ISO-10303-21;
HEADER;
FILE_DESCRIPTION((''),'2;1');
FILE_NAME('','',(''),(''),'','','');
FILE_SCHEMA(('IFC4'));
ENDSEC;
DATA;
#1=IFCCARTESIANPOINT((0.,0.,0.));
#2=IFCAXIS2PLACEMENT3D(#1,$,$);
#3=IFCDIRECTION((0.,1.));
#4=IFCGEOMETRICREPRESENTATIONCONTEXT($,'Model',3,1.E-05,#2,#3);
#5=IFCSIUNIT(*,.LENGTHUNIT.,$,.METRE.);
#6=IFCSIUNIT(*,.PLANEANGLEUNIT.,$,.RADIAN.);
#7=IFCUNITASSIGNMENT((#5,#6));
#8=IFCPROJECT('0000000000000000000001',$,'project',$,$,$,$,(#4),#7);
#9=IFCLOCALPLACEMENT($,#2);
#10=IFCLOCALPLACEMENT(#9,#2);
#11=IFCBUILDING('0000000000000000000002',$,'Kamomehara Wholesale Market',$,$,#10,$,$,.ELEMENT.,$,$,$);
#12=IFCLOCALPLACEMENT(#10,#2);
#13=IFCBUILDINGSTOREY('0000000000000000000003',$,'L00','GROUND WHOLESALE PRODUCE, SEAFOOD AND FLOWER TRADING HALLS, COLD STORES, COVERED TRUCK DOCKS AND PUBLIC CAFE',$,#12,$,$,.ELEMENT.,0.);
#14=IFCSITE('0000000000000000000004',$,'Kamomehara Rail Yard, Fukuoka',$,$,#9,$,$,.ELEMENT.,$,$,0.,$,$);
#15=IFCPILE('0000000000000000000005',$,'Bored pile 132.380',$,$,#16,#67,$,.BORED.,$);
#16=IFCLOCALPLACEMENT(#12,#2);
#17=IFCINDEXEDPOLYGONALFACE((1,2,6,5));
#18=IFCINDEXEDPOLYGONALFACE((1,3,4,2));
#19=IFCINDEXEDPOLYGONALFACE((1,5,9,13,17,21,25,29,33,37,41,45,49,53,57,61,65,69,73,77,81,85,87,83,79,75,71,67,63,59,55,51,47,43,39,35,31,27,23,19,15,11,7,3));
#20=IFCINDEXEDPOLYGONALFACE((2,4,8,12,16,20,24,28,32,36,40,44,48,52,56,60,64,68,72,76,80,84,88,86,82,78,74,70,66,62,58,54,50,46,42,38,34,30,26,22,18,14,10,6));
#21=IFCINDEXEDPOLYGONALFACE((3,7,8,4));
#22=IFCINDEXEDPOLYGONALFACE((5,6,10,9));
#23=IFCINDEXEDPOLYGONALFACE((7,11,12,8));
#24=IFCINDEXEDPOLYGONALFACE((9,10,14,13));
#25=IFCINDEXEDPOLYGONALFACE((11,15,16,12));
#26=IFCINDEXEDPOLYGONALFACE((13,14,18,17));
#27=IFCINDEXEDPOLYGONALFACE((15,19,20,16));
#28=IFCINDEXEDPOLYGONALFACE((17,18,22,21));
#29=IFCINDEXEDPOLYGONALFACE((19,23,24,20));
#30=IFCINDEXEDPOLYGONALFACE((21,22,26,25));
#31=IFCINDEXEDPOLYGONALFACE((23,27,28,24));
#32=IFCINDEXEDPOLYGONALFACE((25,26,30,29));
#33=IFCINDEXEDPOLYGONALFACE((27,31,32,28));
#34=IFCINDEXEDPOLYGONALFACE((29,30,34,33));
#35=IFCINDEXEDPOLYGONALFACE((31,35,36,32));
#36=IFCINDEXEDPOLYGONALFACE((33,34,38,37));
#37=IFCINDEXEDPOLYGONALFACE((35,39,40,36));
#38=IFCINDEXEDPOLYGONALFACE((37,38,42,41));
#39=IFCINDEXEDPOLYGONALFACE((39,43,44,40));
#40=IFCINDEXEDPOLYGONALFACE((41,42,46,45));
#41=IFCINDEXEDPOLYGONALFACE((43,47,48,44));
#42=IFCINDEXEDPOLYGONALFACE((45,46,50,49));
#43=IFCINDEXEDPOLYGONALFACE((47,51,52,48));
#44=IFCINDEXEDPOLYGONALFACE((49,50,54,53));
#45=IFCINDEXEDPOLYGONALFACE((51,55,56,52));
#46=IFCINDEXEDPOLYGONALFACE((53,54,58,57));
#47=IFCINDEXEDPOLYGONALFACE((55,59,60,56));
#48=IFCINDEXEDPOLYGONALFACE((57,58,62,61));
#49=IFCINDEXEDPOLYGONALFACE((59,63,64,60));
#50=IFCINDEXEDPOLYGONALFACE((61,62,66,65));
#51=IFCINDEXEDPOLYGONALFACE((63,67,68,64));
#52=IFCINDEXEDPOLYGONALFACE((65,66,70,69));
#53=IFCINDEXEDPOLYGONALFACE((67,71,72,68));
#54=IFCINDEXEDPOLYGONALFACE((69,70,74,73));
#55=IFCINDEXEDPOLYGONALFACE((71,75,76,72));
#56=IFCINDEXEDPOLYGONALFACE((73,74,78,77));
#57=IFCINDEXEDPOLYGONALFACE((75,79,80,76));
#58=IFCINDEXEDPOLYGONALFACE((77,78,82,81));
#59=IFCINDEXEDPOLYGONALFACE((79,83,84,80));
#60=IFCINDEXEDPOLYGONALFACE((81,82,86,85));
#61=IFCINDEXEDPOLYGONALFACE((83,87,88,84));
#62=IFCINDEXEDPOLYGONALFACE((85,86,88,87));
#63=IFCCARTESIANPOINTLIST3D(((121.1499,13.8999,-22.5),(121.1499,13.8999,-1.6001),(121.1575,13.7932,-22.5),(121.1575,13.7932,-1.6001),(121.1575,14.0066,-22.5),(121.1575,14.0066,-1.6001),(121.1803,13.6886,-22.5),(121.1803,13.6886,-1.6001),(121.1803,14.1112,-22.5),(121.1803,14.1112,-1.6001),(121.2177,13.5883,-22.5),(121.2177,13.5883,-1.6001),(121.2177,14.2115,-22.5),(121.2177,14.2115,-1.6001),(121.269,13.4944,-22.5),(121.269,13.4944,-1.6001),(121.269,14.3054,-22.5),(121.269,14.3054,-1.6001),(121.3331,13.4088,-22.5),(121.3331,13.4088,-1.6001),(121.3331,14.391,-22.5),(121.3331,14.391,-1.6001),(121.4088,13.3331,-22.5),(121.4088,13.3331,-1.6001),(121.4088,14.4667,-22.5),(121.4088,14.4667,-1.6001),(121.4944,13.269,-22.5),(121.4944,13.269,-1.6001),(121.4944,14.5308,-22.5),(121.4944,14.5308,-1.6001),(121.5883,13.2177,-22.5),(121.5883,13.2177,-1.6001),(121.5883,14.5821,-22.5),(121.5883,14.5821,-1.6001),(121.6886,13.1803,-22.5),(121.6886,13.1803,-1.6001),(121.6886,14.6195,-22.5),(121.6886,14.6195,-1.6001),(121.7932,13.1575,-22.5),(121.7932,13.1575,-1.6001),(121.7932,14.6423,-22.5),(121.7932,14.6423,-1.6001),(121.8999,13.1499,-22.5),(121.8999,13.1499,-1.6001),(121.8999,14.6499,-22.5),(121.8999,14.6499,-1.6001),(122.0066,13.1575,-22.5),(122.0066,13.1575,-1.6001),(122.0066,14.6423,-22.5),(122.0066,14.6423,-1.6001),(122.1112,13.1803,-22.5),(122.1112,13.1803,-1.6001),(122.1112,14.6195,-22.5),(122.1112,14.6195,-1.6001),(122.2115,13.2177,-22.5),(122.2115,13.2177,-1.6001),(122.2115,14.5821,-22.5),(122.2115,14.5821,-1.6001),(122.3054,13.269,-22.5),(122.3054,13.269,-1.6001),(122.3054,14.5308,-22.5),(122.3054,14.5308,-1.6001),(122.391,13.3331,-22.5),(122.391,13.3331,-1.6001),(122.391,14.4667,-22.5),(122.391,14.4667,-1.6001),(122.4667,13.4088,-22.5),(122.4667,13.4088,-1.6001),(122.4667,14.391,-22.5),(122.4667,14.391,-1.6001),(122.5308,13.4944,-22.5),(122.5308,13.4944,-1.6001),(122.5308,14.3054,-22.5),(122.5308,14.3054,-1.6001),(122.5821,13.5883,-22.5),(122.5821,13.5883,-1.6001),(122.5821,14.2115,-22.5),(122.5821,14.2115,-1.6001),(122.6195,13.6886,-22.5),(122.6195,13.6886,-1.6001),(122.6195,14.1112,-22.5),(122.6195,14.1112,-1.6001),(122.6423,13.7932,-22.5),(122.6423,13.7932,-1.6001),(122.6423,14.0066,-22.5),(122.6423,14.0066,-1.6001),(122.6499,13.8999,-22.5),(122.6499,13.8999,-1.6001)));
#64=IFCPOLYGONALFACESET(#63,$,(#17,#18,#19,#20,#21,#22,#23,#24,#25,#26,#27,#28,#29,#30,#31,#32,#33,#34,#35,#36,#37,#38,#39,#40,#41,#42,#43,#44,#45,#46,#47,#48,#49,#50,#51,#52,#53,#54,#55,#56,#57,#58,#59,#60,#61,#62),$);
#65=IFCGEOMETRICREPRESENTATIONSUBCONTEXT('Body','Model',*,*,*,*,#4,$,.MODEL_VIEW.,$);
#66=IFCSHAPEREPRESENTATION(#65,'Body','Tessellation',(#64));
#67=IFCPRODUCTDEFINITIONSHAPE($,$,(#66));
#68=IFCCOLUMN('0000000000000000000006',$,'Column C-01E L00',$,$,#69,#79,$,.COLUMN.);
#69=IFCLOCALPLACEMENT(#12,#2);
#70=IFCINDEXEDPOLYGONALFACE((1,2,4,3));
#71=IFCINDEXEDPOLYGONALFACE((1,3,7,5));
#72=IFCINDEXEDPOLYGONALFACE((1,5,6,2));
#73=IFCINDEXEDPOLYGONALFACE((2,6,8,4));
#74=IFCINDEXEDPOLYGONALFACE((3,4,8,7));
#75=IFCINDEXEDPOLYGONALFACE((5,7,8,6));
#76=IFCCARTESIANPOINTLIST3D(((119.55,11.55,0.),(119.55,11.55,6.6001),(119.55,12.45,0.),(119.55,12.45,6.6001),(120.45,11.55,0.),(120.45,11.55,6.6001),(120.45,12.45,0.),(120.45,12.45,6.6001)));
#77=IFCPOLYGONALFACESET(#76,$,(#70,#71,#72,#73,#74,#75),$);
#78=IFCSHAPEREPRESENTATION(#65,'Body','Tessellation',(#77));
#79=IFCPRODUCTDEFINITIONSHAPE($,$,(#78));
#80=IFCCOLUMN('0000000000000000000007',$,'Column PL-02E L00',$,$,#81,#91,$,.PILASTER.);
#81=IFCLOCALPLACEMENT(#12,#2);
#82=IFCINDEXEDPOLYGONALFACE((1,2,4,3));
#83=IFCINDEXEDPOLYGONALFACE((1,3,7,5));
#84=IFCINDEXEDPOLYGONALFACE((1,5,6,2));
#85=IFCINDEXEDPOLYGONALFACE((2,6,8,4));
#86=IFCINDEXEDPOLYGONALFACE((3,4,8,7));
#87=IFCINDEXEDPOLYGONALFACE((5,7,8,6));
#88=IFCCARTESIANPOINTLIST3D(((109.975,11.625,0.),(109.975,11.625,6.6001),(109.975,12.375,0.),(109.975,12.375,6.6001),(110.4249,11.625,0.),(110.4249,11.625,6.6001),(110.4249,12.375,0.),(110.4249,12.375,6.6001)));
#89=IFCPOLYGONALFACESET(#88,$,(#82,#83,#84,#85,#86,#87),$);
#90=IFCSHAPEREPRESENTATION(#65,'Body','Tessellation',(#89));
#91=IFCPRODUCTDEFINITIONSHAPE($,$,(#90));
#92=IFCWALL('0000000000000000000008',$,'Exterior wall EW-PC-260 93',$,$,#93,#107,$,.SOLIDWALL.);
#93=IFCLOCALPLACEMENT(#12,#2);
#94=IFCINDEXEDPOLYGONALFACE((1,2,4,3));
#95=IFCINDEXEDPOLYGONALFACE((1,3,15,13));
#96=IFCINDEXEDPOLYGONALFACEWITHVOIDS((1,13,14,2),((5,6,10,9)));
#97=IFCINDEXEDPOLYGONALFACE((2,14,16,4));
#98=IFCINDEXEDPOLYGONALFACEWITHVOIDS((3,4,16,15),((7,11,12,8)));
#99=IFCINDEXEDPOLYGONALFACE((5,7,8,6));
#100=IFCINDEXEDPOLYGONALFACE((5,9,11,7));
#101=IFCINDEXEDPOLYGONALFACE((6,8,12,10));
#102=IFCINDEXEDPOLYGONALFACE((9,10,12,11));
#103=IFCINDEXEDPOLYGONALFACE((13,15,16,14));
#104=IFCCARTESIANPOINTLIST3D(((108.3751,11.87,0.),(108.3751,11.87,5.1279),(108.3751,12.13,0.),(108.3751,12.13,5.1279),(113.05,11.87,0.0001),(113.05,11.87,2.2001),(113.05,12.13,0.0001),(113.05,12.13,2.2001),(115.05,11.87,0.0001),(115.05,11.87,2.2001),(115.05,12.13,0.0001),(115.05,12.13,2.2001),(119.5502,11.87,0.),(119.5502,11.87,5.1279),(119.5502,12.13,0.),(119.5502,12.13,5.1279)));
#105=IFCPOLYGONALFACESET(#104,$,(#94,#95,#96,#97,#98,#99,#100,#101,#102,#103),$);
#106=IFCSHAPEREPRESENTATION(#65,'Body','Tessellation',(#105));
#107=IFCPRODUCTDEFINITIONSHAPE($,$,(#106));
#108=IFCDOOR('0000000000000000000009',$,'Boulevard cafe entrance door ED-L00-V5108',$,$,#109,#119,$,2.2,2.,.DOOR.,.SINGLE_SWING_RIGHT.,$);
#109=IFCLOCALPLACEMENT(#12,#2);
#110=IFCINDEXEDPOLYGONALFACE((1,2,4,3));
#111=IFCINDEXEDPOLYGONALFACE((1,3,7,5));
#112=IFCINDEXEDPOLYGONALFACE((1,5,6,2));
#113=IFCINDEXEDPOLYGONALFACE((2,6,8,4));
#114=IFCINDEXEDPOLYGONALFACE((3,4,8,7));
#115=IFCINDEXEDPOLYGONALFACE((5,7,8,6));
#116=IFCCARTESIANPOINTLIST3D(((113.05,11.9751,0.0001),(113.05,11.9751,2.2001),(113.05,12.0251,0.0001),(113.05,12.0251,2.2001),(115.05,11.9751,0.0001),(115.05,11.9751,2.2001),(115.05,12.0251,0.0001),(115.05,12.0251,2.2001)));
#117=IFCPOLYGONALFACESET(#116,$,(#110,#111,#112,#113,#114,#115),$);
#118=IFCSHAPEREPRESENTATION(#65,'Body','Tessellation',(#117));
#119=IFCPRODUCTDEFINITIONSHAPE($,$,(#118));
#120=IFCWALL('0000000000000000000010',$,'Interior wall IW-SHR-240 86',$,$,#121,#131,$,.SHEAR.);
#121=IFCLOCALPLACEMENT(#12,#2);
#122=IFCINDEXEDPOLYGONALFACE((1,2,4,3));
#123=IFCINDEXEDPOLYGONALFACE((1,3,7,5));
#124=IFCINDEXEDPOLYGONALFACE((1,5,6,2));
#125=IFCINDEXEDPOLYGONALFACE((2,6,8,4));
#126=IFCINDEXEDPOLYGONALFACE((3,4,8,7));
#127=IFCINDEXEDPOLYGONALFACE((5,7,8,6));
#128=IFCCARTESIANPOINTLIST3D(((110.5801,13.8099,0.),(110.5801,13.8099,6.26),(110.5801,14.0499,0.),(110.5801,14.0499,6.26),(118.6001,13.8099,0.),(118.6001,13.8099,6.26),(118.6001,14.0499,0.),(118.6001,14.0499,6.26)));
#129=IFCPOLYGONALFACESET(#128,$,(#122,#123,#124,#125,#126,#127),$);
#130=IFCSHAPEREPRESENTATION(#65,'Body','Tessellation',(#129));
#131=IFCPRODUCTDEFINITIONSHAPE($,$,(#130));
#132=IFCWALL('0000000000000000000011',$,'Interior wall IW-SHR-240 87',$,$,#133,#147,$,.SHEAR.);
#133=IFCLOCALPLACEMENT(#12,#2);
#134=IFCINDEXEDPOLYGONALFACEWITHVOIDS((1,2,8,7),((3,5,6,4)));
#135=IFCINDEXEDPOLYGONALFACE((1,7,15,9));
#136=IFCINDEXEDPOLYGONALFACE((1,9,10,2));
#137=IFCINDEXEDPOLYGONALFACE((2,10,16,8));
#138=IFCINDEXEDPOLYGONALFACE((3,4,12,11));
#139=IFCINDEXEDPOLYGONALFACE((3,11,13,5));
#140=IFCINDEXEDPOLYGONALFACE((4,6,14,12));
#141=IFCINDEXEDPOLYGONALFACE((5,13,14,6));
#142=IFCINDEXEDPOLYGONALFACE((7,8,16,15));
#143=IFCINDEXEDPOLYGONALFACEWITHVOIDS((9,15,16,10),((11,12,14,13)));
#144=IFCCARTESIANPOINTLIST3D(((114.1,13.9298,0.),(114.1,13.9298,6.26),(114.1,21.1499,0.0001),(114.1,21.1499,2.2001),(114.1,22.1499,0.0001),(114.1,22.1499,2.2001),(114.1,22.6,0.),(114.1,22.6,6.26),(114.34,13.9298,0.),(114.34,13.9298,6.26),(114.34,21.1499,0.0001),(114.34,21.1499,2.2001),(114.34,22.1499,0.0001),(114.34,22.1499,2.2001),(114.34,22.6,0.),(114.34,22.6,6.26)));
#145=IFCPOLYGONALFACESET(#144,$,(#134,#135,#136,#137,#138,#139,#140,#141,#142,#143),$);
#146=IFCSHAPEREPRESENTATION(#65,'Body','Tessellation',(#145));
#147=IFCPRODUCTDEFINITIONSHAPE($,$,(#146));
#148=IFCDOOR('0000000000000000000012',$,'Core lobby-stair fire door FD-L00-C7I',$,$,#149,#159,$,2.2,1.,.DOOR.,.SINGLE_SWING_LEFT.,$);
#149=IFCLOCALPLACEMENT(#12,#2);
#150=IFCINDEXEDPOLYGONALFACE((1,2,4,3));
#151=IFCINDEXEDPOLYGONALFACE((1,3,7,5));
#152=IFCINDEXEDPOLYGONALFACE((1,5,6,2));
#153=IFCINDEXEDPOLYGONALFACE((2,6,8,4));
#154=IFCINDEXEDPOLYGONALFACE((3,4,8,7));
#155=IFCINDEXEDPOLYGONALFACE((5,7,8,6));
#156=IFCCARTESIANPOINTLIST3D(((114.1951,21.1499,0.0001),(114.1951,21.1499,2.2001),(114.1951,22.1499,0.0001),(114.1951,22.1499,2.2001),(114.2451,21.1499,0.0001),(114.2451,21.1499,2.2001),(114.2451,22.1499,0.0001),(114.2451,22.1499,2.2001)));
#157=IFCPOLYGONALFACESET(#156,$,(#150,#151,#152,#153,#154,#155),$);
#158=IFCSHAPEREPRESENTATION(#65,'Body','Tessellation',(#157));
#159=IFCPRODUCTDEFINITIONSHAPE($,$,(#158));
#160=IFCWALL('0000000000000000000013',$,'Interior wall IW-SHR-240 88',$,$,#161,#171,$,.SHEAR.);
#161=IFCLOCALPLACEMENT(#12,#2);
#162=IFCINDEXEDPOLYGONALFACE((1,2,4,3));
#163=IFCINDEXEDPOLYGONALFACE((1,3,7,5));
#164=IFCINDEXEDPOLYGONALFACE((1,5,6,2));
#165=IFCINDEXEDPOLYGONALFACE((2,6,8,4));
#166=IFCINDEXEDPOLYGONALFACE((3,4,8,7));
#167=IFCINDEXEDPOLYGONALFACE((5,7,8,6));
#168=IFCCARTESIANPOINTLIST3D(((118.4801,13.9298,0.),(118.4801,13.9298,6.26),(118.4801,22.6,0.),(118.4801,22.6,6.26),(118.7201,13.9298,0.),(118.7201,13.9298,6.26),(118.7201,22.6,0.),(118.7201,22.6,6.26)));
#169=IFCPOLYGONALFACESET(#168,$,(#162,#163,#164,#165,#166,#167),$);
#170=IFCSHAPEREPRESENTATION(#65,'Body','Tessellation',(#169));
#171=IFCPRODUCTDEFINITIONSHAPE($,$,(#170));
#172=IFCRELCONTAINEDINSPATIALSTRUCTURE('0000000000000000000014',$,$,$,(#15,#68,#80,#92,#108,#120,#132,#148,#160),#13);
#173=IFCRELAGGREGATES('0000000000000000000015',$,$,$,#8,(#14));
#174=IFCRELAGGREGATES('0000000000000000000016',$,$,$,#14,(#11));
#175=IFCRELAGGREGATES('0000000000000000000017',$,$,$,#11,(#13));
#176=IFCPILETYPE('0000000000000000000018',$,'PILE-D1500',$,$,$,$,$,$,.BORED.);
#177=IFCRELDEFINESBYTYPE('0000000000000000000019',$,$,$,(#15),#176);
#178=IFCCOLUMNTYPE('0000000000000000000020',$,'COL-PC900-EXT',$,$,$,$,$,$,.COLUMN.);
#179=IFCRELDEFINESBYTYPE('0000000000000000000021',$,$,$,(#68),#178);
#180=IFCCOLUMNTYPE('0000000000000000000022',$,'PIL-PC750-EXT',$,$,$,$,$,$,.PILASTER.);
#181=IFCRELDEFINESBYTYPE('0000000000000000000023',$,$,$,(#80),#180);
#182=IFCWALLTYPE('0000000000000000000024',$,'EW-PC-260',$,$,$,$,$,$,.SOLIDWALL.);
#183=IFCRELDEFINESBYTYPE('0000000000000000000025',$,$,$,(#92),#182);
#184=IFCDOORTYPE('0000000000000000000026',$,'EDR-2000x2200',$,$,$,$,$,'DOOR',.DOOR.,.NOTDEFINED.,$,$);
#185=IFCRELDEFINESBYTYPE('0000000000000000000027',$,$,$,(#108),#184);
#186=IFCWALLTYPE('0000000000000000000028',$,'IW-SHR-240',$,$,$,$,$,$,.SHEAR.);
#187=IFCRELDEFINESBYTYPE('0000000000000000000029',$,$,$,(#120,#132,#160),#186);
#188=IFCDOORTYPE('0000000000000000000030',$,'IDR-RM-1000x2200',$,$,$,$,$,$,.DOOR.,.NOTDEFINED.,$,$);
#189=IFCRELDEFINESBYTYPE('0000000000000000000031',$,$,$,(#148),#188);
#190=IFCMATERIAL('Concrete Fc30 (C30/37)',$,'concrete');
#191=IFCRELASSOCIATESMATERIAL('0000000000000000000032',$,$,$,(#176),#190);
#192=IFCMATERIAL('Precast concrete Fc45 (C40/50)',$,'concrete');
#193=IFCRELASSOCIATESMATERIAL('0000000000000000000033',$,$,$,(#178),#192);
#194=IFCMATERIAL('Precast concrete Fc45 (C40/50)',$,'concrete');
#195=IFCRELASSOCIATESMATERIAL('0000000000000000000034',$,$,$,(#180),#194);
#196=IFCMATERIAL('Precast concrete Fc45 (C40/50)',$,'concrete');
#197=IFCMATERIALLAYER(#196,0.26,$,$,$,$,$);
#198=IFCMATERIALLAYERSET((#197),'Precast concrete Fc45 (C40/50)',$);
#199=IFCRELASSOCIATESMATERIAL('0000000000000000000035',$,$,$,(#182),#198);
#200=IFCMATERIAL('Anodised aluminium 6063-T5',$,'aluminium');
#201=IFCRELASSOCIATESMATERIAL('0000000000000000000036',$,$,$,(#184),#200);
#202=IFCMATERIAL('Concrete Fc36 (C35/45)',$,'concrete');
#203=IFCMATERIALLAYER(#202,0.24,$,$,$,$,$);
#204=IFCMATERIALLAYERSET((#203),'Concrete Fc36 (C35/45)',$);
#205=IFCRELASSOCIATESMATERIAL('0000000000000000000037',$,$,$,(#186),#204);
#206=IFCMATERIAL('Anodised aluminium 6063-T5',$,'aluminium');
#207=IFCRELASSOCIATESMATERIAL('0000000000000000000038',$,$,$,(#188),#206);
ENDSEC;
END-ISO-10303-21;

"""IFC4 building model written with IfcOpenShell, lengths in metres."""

from ifc_helpers import new_model, si_unit, direction, frame, frame_2d, origin, origin_2d, place, context, subcontext, project, spatial, rectangle, circle, extrude, material, layer, layer_set, material_profile, profile_set, type_object, element, fill, save


model = new_model("IFC4")

# Units and contexts
model_context = context("Model", 3, precision=1e-05, world=origin(), true_north=direction((0.0, 1.0)))
body_context = subcontext(model_context, "Body", "Model", "MODEL_VIEW")
ifc_project = project(units=[si_unit("LENGTHUNIT", "METRE"), si_unit("PLANEANGLEUNIT", "RADIAN")], contexts=[model_context])

# Site, building, storey
site_placement = place(None, origin())
site = spatial("IfcSite", under=ifc_project, at=site_placement, Name="Kamomehara Rail Yard, Fukuoka", CompositionType="ELEMENT", RefElevation=0.0)
building_placement = place(site_placement, origin())
building = spatial("IfcBuilding", under=site, at=building_placement, Name="Kamomehara Wholesale Market", CompositionType="ELEMENT")
storey_placement = place(building_placement, origin())
storey = spatial("IfcBuildingStorey", under=building, at=storey_placement, Name="L00", Description="GROUND WHOLESALE PRODUCE, SEAFOOD AND FLOWER TRADING HALLS, COLD STORES, COVERED TRUCK DOCKS AND PUBLIC CAFE", CompositionType="ELEMENT", Elevation=0.0)

# Pile
ifc_material_1 = material(Name="Concrete Fc30 (C30/37)", Category="concrete")
ifc_material_profile_1 = material_profile(ifc_material_1, circle(Radius=0.75, at=origin_2d()), Name="RC-PILE-D1500")
ifc_profile_set_1 = profile_set([ifc_material_profile_1], Name="Concrete Fc30 (C30/37)")
pile_type_1 = type_object("IfcPileType", Name="PILE-D1500", PredefinedType="BORED", material=ifc_profile_set_1)
for number, where, z_axis, x_axis, name in (
    (1, (121.8999, 13.8999, -1.6001), (0.0, 0.0, -1.0), (1.0, 0.0, 0.0), "Bored pile 132.380"),
):
    element("IfcPile", number, at=place(storey_placement, frame(where, z_axis=z_axis, x_axis=x_axis)), inside=storey, type_object=pile_type_1, Name=name, PredefinedType="BORED", context=body_context, shape_type="SweptSolid", body=[
        extrude(circle(Radius=0.75, at=origin_2d()), origin(), (0.0, 0.0, 1.0), 20.8999),
    ])

# Columns
ifc_material_2 = material(Name="Precast concrete Fc45 (C40/50)", Category="concrete")
ifc_material_profile_2 = material_profile(ifc_material_2, rectangle(XDim=0.8999, YDim=0.8999, at=origin_2d()), Name="PC-COL-900x900")
ifc_profile_set_2 = profile_set([ifc_material_profile_2], Name="Precast concrete Fc45 (C40/50)")
column_type_1 = type_object("IfcColumnType", Name="COL-PC900-EXT", PredefinedType="COLUMN", material=ifc_profile_set_2)
column_1_placement = place(storey_placement, frame((120.0, 12.0, 0.0), z_axis=(0.0, 0.0, 1.0), x_axis=(1.0, 0.0, 0.0)))
element("IfcColumn", 2, at=column_1_placement, inside=storey, type_object=column_type_1, Name="Column C-01E L00", PredefinedType="COLUMN", context=body_context, shape_type="SweptSolid", body=[
    extrude(rectangle(XDim=0.8999, YDim=0.8999, at=origin_2d()), origin(), (0.0, 0.0, 1.0), 6.6001),
])
ifc_material_3 = material(Name="Precast concrete Fc45 (C40/50)", Category="concrete")
ifc_material_profile_3 = material_profile(ifc_material_3, rectangle(XDim=0.45, YDim=0.75, at=origin_2d()), Name="PC-PIL-450x750")
ifc_profile_set_3 = profile_set([ifc_material_profile_3], Name="Precast concrete Fc45 (C40/50)")
column_type_2 = type_object("IfcColumnType", Name="PIL-PC750-EXT", PredefinedType="PILASTER", material=ifc_profile_set_3)
column_2_placement = place(storey_placement, frame((110.2, 12.0, 0.0), z_axis=(0.0, 0.0, 1.0), x_axis=(1.0, 0.0, 0.0)))
element("IfcColumn", 3, at=column_2_placement, inside=storey, type_object=column_type_2, Name="Column PL-02E L00", PredefinedType="PILASTER", context=body_context, shape_type="SweptSolid", body=[
    extrude(rectangle(XDim=0.45, YDim=0.75, at=origin_2d()), origin(), (0.0, 0.0, 1.0), 6.6001),
])

# Wall, opening, door
ifc_material_4 = material(Name="Precast concrete Fc45 (C40/50)", Category="concrete")
ifc_layer_1 = layer(ifc_material_4, 0.26)
ifc_layer_set_1 = layer_set([ifc_layer_1], Name="Precast concrete Fc45 (C40/50)")
wall_type_1 = type_object("IfcWallType", Name="EW-PC-260", PredefinedType="SOLIDWALL", material=ifc_layer_set_1)
wall_1_placement = place(storey_placement, frame((119.55, 12.0, 0.0), z_axis=(0.0, 0.0, 1.0), x_axis=(-1.0, 0.0, 0.0)))
wall_1 = element("IfcWall", 4, at=wall_1_placement, inside=storey, type_object=wall_type_1, Name="Exterior wall EW-PC-260 93", PredefinedType="SOLIDWALL", context=body_context, shape_type="SweptSolid", body=[
    extrude(rectangle(XDim=11.175, YDim=0.26, at=frame_2d((5.5874, 0.0))), origin(), (0.0, 0.0, 1.0), 5.1279),
])
opening_1_placement = place(wall_1_placement, frame((4.5, 0.0, 0.0)))
opening_1 = element("IfcOpeningElement", 5, at=opening_1_placement, cuts=wall_1, PredefinedType="OPENING", context=body_context, shape_type="SweptSolid", body=[
    extrude(rectangle(XDim=2.0, YDim=2.2, at=frame_2d((1.0, 1.1001))), frame((0.0, 0.145, 0.0), z_axis=(0.0, -1.0, 0.0), x_axis=(1.0, 0.0, 0.0)), (0.0, 0.0, 1.0), 0.2898),
])
ifc_material_5 = material(Name="Anodised aluminium 6063-T5", Category="aluminium")
door_type_1 = type_object("IfcDoorType", Name="EDR-2000x2200", ElementType="DOOR", OperationType="NOTDEFINED", PredefinedType="DOOR", material=ifc_material_5)
door_1_placement = place(opening_1_placement, origin())
door_1 = element("IfcDoor", 6, at=door_1_placement, inside=storey, type_object=door_type_1, Name="Boulevard cafe entrance door ED-L00-V5108", OperationType="SINGLE_SWING_RIGHT", OverallHeight=2.2, OverallWidth=2.0, PredefinedType="DOOR", context=body_context, shape_type="SweptSolid", body=[
    extrude(rectangle(XDim=2.0, YDim=2.2, at=frame_2d((1.0, 1.1001))), frame((0.0, 0.0249, 0.0), z_axis=(0.0, -1.0, 0.0), x_axis=(1.0, 0.0, 0.0)), (0.0, 0.0, 1.0), 0.05),
])
fill(opening_1, door_1)

# Wall
ifc_material_6 = material(Name="Concrete Fc36 (C35/45)", Category="concrete")
ifc_layer_2 = layer(ifc_material_6, 0.24)
ifc_layer_set_2 = layer_set([ifc_layer_2], Name="Concrete Fc36 (C35/45)")
wall_type_2 = type_object("IfcWallType", Name="IW-SHR-240", PredefinedType="SHEAR", material=ifc_layer_set_2)
wall_2_placement = place(storey_placement, frame((110.5801, 13.9299, 0.0), z_axis=(0.0, 0.0, 1.0), x_axis=(1.0, 0.0, 0.0)))
element("IfcWall", 7, at=wall_2_placement, inside=storey, type_object=wall_type_2, Name="Interior wall IW-SHR-240 86", PredefinedType="SHEAR", context=body_context, shape_type="SweptSolid", body=[
    extrude(rectangle(XDim=8.02, YDim=0.24, at=frame_2d((4.01, 0.0))), origin(), (0.0, 0.0, 1.0), 6.26),
])

# Wall, opening, door
wall_3_placement = place(storey_placement, frame((114.22, 13.9299, 0.0), z_axis=(0.0, 0.0, 1.0), x_axis=(0.0, 1.0, 0.0)))
wall_3 = element("IfcWall", 8, at=wall_3_placement, inside=storey, type_object=wall_type_2, Name="Interior wall IW-SHR-240 87", PredefinedType="SHEAR", context=body_context, shape_type="SweptSolid", body=[
    extrude(rectangle(XDim=8.6702, YDim=0.24, at=frame_2d((4.335, 0.0))), origin(), (0.0, 0.0, 1.0), 6.26),
])
opening_2_placement = place(wall_3_placement, frame((7.22, 0.0, 0.0)))
opening_2 = element("IfcOpeningElement", 9, at=opening_2_placement, cuts=wall_3, PredefinedType="OPENING", context=body_context, shape_type="SweptSolid", body=[
    extrude(rectangle(XDim=1.0, YDim=2.2, at=frame_2d((0.5, 1.1001))), frame((0.0, 0.1348, 0.0), z_axis=(0.0, -1.0, 0.0), x_axis=(1.0, 0.0, 0.0)), (0.0, 0.0, 1.0), 0.2698),
])
ifc_material_7 = material(Name="Anodised aluminium 6063-T5", Category="aluminium")
door_type_2 = type_object("IfcDoorType", Name="IDR-RM-1000x2200", OperationType="NOTDEFINED", PredefinedType="DOOR", material=ifc_material_7)
door_2_placement = place(opening_2_placement, origin())
door_2 = element("IfcDoor", 10, at=door_2_placement, inside=storey, type_object=door_type_2, Name="Core lobby-stair fire door FD-L00-C7I", OperationType="SINGLE_SWING_LEFT", OverallHeight=2.2, OverallWidth=1.0, PredefinedType="DOOR", context=body_context, shape_type="SweptSolid", body=[
    extrude(rectangle(XDim=1.0, YDim=2.2, at=frame_2d((0.5, 1.1001))), frame((0.0, 0.0249, 0.0), z_axis=(0.0, -1.0, 0.0), x_axis=(1.0, 0.0, 0.0)), (0.0, 0.0, 1.0), 0.05),
])
fill(opening_2, door_2)

# Wall
wall_4_placement = place(storey_placement, frame((118.6001, 13.9299, 0.0), z_axis=(0.0, 0.0, 1.0), x_axis=(0.0, 1.0, 0.0)))
element("IfcWall", 11, at=wall_4_placement, inside=storey, type_object=wall_type_2, Name="Interior wall IW-SHR-240 88", PredefinedType="SHEAR", context=body_context, shape_type="SweptSolid", body=[
    extrude(rectangle(XDim=8.6702, YDim=0.24, at=frame_2d((4.335, 0.0))), origin(), (0.0, 0.0, 1.0), 6.26),
])

save(model, "model.ifc")
